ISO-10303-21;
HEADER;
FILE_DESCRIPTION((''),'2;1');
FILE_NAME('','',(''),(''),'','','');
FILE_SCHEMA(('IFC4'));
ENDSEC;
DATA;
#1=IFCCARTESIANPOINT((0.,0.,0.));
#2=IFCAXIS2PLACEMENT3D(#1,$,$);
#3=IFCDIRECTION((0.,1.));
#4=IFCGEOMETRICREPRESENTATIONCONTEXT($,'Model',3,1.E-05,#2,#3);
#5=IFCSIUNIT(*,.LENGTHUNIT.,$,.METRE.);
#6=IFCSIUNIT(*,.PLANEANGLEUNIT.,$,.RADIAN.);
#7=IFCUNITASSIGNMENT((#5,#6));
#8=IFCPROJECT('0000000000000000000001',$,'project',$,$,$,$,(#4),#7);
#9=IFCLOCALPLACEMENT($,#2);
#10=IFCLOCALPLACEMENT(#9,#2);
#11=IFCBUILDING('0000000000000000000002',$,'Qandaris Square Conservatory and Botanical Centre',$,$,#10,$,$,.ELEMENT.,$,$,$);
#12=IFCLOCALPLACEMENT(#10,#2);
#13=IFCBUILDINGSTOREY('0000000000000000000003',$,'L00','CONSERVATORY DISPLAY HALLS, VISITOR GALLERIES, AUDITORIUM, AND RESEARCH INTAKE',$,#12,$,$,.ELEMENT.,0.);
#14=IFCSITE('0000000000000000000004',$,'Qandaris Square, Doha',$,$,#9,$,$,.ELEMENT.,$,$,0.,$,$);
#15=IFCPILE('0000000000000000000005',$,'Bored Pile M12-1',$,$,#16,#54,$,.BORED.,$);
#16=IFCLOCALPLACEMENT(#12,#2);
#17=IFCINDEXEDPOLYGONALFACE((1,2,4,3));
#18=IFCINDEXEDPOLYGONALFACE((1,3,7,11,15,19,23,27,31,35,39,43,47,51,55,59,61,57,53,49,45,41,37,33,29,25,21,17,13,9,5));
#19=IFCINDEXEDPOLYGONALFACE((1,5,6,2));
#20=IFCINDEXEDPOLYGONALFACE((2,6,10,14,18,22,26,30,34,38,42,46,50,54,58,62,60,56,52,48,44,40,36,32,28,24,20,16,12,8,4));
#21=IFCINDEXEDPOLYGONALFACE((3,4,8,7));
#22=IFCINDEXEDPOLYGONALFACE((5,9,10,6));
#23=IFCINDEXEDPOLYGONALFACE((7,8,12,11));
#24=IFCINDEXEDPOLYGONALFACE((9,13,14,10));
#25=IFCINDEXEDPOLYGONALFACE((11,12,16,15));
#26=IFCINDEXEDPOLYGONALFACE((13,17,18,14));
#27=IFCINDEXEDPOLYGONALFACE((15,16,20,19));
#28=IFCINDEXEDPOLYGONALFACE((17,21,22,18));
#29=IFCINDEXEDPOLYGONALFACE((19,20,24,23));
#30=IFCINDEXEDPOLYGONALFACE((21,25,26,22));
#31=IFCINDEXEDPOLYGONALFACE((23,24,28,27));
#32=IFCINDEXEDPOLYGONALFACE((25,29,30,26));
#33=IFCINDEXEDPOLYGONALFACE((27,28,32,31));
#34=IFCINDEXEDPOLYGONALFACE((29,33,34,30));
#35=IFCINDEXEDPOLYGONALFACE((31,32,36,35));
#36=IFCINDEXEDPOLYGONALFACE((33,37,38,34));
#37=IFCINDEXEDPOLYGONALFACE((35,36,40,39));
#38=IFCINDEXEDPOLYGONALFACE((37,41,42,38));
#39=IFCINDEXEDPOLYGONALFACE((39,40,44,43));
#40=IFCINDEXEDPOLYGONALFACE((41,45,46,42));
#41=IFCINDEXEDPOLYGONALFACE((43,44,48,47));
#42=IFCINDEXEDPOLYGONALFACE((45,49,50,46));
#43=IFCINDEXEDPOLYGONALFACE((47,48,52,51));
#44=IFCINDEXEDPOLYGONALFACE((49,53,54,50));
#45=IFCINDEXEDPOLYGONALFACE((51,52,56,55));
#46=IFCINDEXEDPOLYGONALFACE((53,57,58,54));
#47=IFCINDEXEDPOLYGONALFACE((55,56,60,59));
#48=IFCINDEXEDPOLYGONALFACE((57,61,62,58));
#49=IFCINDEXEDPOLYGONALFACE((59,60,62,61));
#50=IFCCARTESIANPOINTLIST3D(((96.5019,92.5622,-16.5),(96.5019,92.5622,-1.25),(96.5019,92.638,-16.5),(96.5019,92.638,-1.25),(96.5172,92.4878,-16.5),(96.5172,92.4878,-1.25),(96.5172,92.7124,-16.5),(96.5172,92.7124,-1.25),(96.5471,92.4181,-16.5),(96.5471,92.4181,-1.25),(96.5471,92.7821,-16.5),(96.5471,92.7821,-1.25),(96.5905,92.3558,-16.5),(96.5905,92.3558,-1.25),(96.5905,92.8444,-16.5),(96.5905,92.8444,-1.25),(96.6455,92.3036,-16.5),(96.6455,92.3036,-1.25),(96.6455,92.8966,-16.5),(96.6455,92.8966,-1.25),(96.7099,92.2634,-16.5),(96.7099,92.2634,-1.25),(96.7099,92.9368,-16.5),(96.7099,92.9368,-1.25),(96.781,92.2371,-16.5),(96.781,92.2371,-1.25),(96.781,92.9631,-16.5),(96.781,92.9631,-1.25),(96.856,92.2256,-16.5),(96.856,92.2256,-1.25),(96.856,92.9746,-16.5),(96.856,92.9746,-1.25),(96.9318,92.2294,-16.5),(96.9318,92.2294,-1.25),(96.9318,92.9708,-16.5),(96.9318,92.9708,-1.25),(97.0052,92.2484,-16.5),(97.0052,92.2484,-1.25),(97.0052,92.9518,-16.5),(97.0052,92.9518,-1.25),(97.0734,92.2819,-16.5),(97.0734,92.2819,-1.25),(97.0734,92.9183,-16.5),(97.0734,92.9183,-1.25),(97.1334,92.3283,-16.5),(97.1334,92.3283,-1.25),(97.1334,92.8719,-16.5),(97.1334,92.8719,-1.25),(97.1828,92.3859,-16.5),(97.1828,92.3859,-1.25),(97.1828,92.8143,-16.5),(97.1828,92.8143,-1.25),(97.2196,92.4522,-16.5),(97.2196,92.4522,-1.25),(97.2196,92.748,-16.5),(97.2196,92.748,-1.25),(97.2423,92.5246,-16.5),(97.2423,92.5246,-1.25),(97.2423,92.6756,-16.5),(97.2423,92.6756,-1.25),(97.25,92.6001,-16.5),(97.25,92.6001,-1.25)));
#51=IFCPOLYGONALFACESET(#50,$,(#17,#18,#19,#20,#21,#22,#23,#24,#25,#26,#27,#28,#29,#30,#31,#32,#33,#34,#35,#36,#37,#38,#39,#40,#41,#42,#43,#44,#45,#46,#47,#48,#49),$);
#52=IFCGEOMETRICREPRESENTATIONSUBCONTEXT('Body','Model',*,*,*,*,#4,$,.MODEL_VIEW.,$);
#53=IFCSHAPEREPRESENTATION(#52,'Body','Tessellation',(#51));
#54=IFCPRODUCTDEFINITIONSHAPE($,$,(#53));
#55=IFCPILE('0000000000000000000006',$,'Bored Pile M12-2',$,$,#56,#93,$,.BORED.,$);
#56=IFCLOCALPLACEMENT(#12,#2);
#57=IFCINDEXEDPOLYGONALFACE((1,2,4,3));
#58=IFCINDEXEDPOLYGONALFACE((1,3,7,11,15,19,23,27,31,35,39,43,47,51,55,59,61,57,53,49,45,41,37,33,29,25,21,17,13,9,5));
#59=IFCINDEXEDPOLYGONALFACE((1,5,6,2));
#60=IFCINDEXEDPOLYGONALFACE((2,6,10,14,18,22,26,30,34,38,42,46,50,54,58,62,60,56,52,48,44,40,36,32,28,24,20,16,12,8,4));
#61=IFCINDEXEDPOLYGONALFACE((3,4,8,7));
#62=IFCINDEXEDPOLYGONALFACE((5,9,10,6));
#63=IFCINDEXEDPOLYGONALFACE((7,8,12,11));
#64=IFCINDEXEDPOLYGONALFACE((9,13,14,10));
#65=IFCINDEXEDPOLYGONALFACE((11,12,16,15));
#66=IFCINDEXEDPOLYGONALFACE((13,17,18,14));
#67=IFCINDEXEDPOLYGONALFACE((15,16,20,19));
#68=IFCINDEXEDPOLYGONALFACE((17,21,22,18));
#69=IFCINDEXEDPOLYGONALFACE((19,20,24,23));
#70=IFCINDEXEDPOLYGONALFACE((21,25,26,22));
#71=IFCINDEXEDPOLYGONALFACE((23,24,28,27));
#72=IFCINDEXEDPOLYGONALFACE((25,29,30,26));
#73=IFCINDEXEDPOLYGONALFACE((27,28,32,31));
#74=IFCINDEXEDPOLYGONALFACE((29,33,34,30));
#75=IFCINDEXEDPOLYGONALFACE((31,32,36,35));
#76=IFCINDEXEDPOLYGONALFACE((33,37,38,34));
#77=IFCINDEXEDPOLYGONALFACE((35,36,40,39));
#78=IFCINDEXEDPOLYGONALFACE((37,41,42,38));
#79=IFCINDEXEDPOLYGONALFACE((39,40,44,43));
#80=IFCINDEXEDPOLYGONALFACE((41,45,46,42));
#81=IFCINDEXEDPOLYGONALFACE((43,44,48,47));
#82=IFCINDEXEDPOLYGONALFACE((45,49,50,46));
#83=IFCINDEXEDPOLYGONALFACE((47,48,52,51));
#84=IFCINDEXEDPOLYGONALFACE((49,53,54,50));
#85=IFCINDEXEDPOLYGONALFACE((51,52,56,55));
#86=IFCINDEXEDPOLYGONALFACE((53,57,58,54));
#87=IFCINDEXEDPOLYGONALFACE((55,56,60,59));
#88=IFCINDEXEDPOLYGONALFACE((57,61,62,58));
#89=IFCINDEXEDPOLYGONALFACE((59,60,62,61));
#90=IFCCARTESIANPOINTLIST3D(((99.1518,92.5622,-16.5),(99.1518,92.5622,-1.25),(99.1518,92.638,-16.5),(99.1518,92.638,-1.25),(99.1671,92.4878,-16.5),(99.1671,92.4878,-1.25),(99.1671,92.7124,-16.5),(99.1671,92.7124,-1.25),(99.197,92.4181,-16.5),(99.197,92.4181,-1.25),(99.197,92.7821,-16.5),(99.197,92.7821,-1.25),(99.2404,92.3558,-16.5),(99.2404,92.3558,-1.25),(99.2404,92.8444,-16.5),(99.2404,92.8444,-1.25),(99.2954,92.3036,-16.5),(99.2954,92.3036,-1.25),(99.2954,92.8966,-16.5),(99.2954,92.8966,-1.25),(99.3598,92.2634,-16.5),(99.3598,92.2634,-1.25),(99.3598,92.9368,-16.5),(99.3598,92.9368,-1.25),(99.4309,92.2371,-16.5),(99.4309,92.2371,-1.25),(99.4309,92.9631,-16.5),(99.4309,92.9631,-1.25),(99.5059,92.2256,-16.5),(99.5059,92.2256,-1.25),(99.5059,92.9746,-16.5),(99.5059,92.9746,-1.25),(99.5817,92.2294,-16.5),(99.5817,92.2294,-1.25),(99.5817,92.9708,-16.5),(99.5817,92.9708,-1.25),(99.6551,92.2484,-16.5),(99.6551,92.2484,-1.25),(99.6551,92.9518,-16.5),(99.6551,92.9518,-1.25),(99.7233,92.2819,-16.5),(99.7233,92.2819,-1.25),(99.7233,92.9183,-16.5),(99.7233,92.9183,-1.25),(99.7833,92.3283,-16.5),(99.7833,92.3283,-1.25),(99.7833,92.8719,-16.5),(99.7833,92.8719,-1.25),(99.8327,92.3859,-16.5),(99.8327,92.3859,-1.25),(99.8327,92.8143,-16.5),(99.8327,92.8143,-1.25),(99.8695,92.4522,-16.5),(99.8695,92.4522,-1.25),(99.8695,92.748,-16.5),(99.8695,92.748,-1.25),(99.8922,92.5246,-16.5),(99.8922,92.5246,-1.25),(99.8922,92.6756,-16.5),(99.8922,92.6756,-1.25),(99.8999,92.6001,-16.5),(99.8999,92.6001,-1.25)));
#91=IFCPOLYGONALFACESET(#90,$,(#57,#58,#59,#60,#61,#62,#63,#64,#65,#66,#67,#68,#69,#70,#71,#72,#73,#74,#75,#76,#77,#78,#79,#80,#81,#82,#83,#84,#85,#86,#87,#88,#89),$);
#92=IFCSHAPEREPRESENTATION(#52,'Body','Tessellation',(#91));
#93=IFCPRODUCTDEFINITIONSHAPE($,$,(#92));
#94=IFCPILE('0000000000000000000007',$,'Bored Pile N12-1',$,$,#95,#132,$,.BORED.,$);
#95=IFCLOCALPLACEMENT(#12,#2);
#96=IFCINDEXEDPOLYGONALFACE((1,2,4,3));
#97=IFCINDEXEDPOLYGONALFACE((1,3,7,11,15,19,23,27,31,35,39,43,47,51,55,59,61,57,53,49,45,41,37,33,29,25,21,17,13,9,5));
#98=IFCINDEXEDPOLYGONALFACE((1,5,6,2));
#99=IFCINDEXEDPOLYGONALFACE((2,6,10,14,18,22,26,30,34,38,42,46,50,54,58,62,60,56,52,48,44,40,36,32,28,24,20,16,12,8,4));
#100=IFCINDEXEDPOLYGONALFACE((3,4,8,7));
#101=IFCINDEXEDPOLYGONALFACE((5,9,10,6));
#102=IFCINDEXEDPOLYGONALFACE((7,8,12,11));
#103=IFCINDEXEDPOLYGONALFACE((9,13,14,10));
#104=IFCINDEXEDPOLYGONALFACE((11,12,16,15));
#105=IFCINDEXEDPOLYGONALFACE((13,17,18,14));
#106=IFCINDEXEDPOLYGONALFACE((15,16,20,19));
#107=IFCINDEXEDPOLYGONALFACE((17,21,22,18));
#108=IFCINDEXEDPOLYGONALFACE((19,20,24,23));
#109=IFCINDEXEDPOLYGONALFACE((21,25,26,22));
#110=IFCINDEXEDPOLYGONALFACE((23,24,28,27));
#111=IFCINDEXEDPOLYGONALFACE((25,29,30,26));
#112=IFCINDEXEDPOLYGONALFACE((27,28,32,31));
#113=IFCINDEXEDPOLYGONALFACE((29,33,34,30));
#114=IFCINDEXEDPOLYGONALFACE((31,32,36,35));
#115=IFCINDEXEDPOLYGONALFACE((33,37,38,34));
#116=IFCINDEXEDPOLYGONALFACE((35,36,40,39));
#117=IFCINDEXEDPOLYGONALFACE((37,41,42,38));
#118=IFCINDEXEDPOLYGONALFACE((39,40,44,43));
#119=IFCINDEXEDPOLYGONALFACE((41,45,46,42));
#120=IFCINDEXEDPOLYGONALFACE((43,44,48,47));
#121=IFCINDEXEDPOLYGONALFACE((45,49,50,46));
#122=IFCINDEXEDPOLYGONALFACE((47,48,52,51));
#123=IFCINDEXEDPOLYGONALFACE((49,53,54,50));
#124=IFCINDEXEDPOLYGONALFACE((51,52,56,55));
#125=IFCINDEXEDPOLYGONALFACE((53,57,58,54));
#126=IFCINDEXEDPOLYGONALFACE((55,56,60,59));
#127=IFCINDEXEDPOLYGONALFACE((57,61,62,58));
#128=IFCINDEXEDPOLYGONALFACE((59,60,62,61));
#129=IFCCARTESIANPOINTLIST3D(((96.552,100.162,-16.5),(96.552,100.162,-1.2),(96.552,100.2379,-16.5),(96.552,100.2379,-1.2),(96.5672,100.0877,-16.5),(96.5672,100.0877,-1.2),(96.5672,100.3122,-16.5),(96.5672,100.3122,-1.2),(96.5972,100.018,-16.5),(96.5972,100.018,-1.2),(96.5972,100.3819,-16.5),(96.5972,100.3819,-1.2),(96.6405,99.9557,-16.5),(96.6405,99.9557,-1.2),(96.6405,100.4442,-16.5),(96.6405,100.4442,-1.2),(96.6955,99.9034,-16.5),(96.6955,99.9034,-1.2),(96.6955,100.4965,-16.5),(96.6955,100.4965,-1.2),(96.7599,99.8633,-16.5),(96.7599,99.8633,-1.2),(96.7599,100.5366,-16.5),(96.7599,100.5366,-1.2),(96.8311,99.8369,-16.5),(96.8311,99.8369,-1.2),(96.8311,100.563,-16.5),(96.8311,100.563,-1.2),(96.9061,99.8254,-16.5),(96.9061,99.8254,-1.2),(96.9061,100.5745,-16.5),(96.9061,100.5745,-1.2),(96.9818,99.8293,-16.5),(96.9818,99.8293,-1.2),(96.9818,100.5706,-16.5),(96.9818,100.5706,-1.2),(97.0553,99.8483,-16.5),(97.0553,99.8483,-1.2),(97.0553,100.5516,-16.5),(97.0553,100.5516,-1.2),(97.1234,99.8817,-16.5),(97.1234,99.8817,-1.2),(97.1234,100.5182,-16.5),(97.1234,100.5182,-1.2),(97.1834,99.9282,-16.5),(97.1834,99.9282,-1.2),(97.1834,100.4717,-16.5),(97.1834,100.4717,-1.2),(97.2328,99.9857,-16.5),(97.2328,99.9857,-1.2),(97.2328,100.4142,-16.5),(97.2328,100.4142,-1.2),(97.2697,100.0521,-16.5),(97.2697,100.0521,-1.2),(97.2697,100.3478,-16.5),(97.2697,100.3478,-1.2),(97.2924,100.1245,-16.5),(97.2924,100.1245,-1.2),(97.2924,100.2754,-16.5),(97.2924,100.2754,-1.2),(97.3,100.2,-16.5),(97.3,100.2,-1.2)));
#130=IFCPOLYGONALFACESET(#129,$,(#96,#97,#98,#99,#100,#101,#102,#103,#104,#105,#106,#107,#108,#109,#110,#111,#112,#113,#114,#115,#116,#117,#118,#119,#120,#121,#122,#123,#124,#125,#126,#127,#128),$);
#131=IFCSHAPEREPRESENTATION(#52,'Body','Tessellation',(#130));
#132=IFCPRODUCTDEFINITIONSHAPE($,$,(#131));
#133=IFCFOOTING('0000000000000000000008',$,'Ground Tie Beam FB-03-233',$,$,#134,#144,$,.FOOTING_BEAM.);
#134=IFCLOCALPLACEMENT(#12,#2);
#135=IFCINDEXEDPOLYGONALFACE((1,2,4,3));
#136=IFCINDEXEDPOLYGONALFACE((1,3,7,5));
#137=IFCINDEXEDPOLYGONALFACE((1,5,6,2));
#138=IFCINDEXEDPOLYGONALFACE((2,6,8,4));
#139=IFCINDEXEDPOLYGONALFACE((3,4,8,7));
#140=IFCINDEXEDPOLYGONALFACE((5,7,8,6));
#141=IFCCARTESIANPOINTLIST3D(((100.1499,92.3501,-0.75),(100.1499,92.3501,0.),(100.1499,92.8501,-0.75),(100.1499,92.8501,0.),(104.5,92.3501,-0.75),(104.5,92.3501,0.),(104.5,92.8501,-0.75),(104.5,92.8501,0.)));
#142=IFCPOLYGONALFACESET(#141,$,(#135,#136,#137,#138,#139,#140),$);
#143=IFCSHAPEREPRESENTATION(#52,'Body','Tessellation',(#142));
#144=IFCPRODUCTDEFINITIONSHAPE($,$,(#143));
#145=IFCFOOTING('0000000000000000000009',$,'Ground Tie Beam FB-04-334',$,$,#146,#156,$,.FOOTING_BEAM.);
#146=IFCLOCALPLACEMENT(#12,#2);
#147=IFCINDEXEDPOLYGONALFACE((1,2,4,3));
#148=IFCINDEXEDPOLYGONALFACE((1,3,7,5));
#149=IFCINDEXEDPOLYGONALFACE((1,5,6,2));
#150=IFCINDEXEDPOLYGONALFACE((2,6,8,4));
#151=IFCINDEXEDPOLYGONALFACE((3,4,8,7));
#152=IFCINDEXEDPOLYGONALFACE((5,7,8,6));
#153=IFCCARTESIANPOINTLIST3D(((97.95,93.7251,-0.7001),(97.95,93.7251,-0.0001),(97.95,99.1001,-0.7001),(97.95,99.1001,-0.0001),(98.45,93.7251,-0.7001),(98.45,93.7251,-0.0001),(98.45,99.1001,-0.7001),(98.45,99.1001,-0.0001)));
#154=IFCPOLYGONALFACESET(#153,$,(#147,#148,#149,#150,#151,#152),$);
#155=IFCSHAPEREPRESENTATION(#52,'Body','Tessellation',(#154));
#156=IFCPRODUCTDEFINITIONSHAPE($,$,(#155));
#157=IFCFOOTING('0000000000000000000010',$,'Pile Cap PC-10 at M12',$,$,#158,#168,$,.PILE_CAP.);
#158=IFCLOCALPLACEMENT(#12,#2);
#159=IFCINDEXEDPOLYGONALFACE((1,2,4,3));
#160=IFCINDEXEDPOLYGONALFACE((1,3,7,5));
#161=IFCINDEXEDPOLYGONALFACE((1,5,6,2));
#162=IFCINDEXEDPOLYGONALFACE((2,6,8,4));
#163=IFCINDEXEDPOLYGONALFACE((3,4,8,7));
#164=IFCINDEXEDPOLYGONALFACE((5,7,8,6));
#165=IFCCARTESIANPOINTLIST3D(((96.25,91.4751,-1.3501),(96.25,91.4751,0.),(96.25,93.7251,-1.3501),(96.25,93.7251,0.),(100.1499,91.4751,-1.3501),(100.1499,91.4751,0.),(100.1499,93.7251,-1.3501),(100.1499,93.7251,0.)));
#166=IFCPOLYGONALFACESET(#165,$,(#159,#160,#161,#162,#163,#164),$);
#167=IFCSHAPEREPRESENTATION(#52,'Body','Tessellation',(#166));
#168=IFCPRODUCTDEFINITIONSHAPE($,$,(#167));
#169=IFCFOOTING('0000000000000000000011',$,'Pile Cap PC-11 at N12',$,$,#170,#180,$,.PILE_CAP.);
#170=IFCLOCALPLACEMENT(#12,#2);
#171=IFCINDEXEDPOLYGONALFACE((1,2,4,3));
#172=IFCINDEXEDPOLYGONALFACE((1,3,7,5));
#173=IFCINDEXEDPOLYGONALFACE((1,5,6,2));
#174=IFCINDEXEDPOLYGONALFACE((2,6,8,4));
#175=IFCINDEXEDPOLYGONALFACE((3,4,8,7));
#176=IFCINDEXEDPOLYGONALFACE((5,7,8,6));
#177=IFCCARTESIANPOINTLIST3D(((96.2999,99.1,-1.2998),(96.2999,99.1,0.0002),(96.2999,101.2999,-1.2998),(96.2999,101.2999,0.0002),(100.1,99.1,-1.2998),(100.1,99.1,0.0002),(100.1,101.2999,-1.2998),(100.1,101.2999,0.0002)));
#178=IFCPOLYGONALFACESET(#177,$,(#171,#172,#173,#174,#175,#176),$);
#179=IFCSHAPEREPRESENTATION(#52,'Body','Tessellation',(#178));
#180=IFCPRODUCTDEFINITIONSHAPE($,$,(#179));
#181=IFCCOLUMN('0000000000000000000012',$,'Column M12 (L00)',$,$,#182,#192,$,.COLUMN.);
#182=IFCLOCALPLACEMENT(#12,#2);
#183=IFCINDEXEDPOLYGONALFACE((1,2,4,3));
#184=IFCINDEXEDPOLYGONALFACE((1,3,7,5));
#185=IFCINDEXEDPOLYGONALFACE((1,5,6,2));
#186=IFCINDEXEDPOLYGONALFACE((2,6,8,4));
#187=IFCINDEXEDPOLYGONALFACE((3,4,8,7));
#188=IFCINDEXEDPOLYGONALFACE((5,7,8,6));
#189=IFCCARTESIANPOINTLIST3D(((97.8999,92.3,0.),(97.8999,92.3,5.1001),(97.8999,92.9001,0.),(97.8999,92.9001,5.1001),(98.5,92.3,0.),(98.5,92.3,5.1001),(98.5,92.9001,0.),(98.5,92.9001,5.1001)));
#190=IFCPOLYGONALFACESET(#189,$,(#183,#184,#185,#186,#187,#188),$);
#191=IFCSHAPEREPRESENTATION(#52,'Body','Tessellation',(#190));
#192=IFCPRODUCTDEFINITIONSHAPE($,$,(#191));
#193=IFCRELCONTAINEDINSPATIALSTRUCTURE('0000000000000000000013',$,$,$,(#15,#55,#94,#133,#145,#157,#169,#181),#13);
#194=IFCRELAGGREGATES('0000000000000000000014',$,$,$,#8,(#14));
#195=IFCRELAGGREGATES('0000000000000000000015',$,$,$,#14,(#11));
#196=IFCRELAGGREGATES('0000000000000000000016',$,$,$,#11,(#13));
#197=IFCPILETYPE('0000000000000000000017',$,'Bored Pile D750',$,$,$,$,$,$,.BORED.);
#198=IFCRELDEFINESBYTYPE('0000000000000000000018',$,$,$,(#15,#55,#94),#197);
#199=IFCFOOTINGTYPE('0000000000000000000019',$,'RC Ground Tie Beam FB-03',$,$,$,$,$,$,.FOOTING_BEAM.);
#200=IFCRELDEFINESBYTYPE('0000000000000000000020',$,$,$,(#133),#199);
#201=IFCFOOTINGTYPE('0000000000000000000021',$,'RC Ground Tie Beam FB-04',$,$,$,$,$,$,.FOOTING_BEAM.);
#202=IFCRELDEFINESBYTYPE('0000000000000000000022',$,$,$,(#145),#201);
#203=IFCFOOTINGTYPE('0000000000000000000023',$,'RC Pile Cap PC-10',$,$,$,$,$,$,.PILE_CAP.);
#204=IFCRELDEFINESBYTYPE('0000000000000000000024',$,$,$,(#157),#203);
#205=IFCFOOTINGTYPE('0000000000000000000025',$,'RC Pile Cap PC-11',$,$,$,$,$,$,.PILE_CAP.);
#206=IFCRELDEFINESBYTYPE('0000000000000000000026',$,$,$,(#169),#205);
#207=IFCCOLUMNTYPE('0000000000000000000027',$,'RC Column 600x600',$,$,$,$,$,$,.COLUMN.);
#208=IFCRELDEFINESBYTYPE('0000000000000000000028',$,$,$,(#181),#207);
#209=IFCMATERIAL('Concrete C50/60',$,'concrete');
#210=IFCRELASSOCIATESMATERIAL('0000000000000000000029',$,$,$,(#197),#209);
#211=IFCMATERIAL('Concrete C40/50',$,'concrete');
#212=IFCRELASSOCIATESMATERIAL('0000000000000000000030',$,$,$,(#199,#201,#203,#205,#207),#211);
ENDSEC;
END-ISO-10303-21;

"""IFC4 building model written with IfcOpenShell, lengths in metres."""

from ifc_helpers import new_model, si_unit, direction, frame, origin, origin_2d, place, context, subcontext, project, spatial, rectangle, circle, extrude, material, material_profile, profile_set, type_object, element, save


model = new_model("IFC4")

# Units and contexts
model_context = context("Model", 3, precision=1e-05, world=origin(), true_north=direction((0.0, 1.0)))
body_context = subcontext(model_context, "Body", "Model", "MODEL_VIEW")
ifc_project = project(units=[si_unit("LENGTHUNIT", "METRE"), si_unit("PLANEANGLEUNIT", "RADIAN")], contexts=[model_context])

# Site, building, storey
site_placement = place(None, origin())
site = spatial("IfcSite", under=ifc_project, at=site_placement, Name="Qandaris Square, Doha", CompositionType="ELEMENT", RefElevation=0.0)
building_placement = place(site_placement, origin())
building = spatial("IfcBuilding", under=site, at=building_placement, Name="Qandaris Square Conservatory and Botanical Centre", CompositionType="ELEMENT")
storey_placement = place(building_placement, origin())
storey = spatial("IfcBuildingStorey", under=building, at=storey_placement, Name="L00", Description="CONSERVATORY DISPLAY HALLS, VISITOR GALLERIES, AUDITORIUM, AND RESEARCH INTAKE", CompositionType="ELEMENT", Elevation=0.0)

# Piles
ifc_material_1 = material(Name="Concrete C50/60", Category="concrete")
ifc_material_profile_1 = material_profile(ifc_material_1, circle(Radius=0.375, at=origin_2d()), Name="PILE D750")
ifc_profile_set_1 = profile_set([ifc_material_profile_1], Name="Concrete C50/60")
pile_type = type_object("IfcPileType", Name="Bored Pile D750", PredefinedType="BORED", material=ifc_profile_set_1)
for number, where, z_axis, x_axis, name in (
    (1, (96.875, 92.6001, -1.25), (0.0, 0.0, -1.0), (1.0, 0.0, 0.0), "Bored Pile M12-1"),
    (2, (99.5249, 92.6001, -1.25), (0.0, 0.0, -1.0), (1.0, 0.0, 0.0), "Bored Pile M12-2"),
):
    element("IfcPile", number, at=place(storey_placement, frame(where, z_axis=z_axis, x_axis=x_axis)), inside=storey, type_object=pile_type, Name=name, PredefinedType="BORED", context=body_context, shape_type="SweptSolid", body=[
        extrude(circle(Radius=0.375, at=origin_2d()), origin(), (0.0, 0.0, 1.0), 15.25),
    ])
pile_placement = place(storey_placement, frame((96.925, 100.2, -1.2), z_axis=(0.0, 0.0, -1.0), x_axis=(1.0, 0.0, 0.0)))
element("IfcPile", 3, at=pile_placement, inside=storey, type_object=pile_type, Name="Bored Pile N12-1", PredefinedType="BORED", context=body_context, shape_type="SweptSolid", body=[
    extrude(circle(Radius=0.375, at=origin_2d()), origin(), (0.0, 0.0, 1.0), 15.3),
])

# Footings
ifc_material_2 = material(Name="Concrete C40/50", Category="concrete")
ifc_material_profile_2 = material_profile(ifc_material_2, rectangle(XDim=0.5, YDim=0.75, at=origin_2d()), Name="FB 500x750")
ifc_profile_set_2 = profile_set([ifc_material_profile_2], Name="Concrete C40/50")
footing_type_1 = type_object("IfcFootingType", Name="RC Ground Tie Beam FB-03", PredefinedType="FOOTING_BEAM", material=ifc_profile_set_2)
footing_1_placement = place(storey_placement, frame((100.1499, 92.6001, -0.375), z_axis=(1.0, 0.0, 0.0), x_axis=(0.0, 1.0, 0.0)))
element("IfcFooting", 4, at=footing_1_placement, inside=storey, type_object=footing_type_1, Name="Ground Tie Beam FB-03-233", PredefinedType="FOOTING_BEAM", context=body_context, shape_type="SweptSolid", body=[
    extrude(rectangle(XDim=0.5, YDim=0.75, at=origin_2d()), origin(), (0.0, 0.0, 1.0), 4.3501),
])
ifc_material_profile_3 = material_profile(ifc_material_2, rectangle(XDim=0.5, YDim=0.7, at=origin_2d()), Name="FB 500x700")
ifc_profile_set_3 = profile_set([ifc_material_profile_3], Name="Concrete C40/50")
footing_type_2 = type_object("IfcFootingType", Name="RC Ground Tie Beam FB-04", PredefinedType="FOOTING_BEAM", material=ifc_profile_set_3)
footing_2_placement = place(storey_placement, frame((98.2, 93.7251, -0.3501), z_axis=(0.0, 1.0, 0.0), x_axis=(-1.0, 0.0, 0.0)))
element("IfcFooting", 5, at=footing_2_placement, inside=storey, type_object=footing_type_2, Name="Ground Tie Beam FB-04-334", PredefinedType="FOOTING_BEAM", context=body_context, shape_type="SweptSolid", body=[
    extrude(rectangle(XDim=0.5, YDim=0.7, at=origin_2d()), origin(), (0.0, 0.0, 1.0), 5.375),
])
footing_type_3 = type_object("IfcFootingType", Name="RC Pile Cap PC-10", PredefinedType="PILE_CAP", material=ifc_material_2)
footing_3_placement = place(storey_placement, frame((98.2, 92.6001, -1.3501), z_axis=(0.0, 0.0, 1.0), x_axis=(1.0, 0.0, 0.0)))
element("IfcFooting", 6, at=footing_3_placement, inside=storey, type_object=footing_type_3, Name="Pile Cap PC-10 at M12", PredefinedType="PILE_CAP", context=body_context, shape_type="SweptSolid", body=[
    extrude(rectangle(XDim=3.8999, YDim=2.25, at=origin_2d()), origin(), (0.0, 0.0, 1.0), 1.3501),
])
footing_type_4 = type_object("IfcFootingType", Name="RC Pile Cap PC-11", PredefinedType="PILE_CAP", material=ifc_material_2)
footing_4_placement = place(storey_placement, frame((98.2, 100.2, -1.2998), z_axis=(0.0, 0.0, 1.0), x_axis=(1.0, 0.0, 0.0)))
element("IfcFooting", 7, at=footing_4_placement, inside=storey, type_object=footing_type_4, Name="Pile Cap PC-11 at N12", PredefinedType="PILE_CAP", context=body_context, shape_type="SweptSolid", body=[
    extrude(rectangle(XDim=3.8, YDim=2.2, at=origin_2d()), origin(), (0.0, 0.0, 1.0), 1.3),
])

# Column
ifc_material_profile_4 = material_profile(ifc_material_2, rectangle(XDim=0.6001, YDim=0.6001, at=origin_2d()), Name="RC-COL 600x600")
ifc_profile_set_4 = profile_set([ifc_material_profile_4], Name="Concrete C40/50")
column_type = type_object("IfcColumnType", Name="RC Column 600x600", PredefinedType="COLUMN", material=ifc_profile_set_4)
for number, where, z_axis, x_axis, name in (
    (8, (98.2, 92.6001, 0.0), (0.0, 0.0, 1.0), (1.0, 0.0, 0.0), "Column M12 (L00)"),
):
    element("IfcColumn", number, at=place(storey_placement, frame(where, z_axis=z_axis, x_axis=x_axis)), inside=storey, type_object=column_type, Name=name, PredefinedType="COLUMN", context=body_context, shape_type="SweptSolid", body=[
        extrude(rectangle(XDim=0.6001, YDim=0.6001, at=origin_2d()), origin(), (0.0, 0.0, 1.0), 5.1001),
    ])

save(model, "model.ifc")
